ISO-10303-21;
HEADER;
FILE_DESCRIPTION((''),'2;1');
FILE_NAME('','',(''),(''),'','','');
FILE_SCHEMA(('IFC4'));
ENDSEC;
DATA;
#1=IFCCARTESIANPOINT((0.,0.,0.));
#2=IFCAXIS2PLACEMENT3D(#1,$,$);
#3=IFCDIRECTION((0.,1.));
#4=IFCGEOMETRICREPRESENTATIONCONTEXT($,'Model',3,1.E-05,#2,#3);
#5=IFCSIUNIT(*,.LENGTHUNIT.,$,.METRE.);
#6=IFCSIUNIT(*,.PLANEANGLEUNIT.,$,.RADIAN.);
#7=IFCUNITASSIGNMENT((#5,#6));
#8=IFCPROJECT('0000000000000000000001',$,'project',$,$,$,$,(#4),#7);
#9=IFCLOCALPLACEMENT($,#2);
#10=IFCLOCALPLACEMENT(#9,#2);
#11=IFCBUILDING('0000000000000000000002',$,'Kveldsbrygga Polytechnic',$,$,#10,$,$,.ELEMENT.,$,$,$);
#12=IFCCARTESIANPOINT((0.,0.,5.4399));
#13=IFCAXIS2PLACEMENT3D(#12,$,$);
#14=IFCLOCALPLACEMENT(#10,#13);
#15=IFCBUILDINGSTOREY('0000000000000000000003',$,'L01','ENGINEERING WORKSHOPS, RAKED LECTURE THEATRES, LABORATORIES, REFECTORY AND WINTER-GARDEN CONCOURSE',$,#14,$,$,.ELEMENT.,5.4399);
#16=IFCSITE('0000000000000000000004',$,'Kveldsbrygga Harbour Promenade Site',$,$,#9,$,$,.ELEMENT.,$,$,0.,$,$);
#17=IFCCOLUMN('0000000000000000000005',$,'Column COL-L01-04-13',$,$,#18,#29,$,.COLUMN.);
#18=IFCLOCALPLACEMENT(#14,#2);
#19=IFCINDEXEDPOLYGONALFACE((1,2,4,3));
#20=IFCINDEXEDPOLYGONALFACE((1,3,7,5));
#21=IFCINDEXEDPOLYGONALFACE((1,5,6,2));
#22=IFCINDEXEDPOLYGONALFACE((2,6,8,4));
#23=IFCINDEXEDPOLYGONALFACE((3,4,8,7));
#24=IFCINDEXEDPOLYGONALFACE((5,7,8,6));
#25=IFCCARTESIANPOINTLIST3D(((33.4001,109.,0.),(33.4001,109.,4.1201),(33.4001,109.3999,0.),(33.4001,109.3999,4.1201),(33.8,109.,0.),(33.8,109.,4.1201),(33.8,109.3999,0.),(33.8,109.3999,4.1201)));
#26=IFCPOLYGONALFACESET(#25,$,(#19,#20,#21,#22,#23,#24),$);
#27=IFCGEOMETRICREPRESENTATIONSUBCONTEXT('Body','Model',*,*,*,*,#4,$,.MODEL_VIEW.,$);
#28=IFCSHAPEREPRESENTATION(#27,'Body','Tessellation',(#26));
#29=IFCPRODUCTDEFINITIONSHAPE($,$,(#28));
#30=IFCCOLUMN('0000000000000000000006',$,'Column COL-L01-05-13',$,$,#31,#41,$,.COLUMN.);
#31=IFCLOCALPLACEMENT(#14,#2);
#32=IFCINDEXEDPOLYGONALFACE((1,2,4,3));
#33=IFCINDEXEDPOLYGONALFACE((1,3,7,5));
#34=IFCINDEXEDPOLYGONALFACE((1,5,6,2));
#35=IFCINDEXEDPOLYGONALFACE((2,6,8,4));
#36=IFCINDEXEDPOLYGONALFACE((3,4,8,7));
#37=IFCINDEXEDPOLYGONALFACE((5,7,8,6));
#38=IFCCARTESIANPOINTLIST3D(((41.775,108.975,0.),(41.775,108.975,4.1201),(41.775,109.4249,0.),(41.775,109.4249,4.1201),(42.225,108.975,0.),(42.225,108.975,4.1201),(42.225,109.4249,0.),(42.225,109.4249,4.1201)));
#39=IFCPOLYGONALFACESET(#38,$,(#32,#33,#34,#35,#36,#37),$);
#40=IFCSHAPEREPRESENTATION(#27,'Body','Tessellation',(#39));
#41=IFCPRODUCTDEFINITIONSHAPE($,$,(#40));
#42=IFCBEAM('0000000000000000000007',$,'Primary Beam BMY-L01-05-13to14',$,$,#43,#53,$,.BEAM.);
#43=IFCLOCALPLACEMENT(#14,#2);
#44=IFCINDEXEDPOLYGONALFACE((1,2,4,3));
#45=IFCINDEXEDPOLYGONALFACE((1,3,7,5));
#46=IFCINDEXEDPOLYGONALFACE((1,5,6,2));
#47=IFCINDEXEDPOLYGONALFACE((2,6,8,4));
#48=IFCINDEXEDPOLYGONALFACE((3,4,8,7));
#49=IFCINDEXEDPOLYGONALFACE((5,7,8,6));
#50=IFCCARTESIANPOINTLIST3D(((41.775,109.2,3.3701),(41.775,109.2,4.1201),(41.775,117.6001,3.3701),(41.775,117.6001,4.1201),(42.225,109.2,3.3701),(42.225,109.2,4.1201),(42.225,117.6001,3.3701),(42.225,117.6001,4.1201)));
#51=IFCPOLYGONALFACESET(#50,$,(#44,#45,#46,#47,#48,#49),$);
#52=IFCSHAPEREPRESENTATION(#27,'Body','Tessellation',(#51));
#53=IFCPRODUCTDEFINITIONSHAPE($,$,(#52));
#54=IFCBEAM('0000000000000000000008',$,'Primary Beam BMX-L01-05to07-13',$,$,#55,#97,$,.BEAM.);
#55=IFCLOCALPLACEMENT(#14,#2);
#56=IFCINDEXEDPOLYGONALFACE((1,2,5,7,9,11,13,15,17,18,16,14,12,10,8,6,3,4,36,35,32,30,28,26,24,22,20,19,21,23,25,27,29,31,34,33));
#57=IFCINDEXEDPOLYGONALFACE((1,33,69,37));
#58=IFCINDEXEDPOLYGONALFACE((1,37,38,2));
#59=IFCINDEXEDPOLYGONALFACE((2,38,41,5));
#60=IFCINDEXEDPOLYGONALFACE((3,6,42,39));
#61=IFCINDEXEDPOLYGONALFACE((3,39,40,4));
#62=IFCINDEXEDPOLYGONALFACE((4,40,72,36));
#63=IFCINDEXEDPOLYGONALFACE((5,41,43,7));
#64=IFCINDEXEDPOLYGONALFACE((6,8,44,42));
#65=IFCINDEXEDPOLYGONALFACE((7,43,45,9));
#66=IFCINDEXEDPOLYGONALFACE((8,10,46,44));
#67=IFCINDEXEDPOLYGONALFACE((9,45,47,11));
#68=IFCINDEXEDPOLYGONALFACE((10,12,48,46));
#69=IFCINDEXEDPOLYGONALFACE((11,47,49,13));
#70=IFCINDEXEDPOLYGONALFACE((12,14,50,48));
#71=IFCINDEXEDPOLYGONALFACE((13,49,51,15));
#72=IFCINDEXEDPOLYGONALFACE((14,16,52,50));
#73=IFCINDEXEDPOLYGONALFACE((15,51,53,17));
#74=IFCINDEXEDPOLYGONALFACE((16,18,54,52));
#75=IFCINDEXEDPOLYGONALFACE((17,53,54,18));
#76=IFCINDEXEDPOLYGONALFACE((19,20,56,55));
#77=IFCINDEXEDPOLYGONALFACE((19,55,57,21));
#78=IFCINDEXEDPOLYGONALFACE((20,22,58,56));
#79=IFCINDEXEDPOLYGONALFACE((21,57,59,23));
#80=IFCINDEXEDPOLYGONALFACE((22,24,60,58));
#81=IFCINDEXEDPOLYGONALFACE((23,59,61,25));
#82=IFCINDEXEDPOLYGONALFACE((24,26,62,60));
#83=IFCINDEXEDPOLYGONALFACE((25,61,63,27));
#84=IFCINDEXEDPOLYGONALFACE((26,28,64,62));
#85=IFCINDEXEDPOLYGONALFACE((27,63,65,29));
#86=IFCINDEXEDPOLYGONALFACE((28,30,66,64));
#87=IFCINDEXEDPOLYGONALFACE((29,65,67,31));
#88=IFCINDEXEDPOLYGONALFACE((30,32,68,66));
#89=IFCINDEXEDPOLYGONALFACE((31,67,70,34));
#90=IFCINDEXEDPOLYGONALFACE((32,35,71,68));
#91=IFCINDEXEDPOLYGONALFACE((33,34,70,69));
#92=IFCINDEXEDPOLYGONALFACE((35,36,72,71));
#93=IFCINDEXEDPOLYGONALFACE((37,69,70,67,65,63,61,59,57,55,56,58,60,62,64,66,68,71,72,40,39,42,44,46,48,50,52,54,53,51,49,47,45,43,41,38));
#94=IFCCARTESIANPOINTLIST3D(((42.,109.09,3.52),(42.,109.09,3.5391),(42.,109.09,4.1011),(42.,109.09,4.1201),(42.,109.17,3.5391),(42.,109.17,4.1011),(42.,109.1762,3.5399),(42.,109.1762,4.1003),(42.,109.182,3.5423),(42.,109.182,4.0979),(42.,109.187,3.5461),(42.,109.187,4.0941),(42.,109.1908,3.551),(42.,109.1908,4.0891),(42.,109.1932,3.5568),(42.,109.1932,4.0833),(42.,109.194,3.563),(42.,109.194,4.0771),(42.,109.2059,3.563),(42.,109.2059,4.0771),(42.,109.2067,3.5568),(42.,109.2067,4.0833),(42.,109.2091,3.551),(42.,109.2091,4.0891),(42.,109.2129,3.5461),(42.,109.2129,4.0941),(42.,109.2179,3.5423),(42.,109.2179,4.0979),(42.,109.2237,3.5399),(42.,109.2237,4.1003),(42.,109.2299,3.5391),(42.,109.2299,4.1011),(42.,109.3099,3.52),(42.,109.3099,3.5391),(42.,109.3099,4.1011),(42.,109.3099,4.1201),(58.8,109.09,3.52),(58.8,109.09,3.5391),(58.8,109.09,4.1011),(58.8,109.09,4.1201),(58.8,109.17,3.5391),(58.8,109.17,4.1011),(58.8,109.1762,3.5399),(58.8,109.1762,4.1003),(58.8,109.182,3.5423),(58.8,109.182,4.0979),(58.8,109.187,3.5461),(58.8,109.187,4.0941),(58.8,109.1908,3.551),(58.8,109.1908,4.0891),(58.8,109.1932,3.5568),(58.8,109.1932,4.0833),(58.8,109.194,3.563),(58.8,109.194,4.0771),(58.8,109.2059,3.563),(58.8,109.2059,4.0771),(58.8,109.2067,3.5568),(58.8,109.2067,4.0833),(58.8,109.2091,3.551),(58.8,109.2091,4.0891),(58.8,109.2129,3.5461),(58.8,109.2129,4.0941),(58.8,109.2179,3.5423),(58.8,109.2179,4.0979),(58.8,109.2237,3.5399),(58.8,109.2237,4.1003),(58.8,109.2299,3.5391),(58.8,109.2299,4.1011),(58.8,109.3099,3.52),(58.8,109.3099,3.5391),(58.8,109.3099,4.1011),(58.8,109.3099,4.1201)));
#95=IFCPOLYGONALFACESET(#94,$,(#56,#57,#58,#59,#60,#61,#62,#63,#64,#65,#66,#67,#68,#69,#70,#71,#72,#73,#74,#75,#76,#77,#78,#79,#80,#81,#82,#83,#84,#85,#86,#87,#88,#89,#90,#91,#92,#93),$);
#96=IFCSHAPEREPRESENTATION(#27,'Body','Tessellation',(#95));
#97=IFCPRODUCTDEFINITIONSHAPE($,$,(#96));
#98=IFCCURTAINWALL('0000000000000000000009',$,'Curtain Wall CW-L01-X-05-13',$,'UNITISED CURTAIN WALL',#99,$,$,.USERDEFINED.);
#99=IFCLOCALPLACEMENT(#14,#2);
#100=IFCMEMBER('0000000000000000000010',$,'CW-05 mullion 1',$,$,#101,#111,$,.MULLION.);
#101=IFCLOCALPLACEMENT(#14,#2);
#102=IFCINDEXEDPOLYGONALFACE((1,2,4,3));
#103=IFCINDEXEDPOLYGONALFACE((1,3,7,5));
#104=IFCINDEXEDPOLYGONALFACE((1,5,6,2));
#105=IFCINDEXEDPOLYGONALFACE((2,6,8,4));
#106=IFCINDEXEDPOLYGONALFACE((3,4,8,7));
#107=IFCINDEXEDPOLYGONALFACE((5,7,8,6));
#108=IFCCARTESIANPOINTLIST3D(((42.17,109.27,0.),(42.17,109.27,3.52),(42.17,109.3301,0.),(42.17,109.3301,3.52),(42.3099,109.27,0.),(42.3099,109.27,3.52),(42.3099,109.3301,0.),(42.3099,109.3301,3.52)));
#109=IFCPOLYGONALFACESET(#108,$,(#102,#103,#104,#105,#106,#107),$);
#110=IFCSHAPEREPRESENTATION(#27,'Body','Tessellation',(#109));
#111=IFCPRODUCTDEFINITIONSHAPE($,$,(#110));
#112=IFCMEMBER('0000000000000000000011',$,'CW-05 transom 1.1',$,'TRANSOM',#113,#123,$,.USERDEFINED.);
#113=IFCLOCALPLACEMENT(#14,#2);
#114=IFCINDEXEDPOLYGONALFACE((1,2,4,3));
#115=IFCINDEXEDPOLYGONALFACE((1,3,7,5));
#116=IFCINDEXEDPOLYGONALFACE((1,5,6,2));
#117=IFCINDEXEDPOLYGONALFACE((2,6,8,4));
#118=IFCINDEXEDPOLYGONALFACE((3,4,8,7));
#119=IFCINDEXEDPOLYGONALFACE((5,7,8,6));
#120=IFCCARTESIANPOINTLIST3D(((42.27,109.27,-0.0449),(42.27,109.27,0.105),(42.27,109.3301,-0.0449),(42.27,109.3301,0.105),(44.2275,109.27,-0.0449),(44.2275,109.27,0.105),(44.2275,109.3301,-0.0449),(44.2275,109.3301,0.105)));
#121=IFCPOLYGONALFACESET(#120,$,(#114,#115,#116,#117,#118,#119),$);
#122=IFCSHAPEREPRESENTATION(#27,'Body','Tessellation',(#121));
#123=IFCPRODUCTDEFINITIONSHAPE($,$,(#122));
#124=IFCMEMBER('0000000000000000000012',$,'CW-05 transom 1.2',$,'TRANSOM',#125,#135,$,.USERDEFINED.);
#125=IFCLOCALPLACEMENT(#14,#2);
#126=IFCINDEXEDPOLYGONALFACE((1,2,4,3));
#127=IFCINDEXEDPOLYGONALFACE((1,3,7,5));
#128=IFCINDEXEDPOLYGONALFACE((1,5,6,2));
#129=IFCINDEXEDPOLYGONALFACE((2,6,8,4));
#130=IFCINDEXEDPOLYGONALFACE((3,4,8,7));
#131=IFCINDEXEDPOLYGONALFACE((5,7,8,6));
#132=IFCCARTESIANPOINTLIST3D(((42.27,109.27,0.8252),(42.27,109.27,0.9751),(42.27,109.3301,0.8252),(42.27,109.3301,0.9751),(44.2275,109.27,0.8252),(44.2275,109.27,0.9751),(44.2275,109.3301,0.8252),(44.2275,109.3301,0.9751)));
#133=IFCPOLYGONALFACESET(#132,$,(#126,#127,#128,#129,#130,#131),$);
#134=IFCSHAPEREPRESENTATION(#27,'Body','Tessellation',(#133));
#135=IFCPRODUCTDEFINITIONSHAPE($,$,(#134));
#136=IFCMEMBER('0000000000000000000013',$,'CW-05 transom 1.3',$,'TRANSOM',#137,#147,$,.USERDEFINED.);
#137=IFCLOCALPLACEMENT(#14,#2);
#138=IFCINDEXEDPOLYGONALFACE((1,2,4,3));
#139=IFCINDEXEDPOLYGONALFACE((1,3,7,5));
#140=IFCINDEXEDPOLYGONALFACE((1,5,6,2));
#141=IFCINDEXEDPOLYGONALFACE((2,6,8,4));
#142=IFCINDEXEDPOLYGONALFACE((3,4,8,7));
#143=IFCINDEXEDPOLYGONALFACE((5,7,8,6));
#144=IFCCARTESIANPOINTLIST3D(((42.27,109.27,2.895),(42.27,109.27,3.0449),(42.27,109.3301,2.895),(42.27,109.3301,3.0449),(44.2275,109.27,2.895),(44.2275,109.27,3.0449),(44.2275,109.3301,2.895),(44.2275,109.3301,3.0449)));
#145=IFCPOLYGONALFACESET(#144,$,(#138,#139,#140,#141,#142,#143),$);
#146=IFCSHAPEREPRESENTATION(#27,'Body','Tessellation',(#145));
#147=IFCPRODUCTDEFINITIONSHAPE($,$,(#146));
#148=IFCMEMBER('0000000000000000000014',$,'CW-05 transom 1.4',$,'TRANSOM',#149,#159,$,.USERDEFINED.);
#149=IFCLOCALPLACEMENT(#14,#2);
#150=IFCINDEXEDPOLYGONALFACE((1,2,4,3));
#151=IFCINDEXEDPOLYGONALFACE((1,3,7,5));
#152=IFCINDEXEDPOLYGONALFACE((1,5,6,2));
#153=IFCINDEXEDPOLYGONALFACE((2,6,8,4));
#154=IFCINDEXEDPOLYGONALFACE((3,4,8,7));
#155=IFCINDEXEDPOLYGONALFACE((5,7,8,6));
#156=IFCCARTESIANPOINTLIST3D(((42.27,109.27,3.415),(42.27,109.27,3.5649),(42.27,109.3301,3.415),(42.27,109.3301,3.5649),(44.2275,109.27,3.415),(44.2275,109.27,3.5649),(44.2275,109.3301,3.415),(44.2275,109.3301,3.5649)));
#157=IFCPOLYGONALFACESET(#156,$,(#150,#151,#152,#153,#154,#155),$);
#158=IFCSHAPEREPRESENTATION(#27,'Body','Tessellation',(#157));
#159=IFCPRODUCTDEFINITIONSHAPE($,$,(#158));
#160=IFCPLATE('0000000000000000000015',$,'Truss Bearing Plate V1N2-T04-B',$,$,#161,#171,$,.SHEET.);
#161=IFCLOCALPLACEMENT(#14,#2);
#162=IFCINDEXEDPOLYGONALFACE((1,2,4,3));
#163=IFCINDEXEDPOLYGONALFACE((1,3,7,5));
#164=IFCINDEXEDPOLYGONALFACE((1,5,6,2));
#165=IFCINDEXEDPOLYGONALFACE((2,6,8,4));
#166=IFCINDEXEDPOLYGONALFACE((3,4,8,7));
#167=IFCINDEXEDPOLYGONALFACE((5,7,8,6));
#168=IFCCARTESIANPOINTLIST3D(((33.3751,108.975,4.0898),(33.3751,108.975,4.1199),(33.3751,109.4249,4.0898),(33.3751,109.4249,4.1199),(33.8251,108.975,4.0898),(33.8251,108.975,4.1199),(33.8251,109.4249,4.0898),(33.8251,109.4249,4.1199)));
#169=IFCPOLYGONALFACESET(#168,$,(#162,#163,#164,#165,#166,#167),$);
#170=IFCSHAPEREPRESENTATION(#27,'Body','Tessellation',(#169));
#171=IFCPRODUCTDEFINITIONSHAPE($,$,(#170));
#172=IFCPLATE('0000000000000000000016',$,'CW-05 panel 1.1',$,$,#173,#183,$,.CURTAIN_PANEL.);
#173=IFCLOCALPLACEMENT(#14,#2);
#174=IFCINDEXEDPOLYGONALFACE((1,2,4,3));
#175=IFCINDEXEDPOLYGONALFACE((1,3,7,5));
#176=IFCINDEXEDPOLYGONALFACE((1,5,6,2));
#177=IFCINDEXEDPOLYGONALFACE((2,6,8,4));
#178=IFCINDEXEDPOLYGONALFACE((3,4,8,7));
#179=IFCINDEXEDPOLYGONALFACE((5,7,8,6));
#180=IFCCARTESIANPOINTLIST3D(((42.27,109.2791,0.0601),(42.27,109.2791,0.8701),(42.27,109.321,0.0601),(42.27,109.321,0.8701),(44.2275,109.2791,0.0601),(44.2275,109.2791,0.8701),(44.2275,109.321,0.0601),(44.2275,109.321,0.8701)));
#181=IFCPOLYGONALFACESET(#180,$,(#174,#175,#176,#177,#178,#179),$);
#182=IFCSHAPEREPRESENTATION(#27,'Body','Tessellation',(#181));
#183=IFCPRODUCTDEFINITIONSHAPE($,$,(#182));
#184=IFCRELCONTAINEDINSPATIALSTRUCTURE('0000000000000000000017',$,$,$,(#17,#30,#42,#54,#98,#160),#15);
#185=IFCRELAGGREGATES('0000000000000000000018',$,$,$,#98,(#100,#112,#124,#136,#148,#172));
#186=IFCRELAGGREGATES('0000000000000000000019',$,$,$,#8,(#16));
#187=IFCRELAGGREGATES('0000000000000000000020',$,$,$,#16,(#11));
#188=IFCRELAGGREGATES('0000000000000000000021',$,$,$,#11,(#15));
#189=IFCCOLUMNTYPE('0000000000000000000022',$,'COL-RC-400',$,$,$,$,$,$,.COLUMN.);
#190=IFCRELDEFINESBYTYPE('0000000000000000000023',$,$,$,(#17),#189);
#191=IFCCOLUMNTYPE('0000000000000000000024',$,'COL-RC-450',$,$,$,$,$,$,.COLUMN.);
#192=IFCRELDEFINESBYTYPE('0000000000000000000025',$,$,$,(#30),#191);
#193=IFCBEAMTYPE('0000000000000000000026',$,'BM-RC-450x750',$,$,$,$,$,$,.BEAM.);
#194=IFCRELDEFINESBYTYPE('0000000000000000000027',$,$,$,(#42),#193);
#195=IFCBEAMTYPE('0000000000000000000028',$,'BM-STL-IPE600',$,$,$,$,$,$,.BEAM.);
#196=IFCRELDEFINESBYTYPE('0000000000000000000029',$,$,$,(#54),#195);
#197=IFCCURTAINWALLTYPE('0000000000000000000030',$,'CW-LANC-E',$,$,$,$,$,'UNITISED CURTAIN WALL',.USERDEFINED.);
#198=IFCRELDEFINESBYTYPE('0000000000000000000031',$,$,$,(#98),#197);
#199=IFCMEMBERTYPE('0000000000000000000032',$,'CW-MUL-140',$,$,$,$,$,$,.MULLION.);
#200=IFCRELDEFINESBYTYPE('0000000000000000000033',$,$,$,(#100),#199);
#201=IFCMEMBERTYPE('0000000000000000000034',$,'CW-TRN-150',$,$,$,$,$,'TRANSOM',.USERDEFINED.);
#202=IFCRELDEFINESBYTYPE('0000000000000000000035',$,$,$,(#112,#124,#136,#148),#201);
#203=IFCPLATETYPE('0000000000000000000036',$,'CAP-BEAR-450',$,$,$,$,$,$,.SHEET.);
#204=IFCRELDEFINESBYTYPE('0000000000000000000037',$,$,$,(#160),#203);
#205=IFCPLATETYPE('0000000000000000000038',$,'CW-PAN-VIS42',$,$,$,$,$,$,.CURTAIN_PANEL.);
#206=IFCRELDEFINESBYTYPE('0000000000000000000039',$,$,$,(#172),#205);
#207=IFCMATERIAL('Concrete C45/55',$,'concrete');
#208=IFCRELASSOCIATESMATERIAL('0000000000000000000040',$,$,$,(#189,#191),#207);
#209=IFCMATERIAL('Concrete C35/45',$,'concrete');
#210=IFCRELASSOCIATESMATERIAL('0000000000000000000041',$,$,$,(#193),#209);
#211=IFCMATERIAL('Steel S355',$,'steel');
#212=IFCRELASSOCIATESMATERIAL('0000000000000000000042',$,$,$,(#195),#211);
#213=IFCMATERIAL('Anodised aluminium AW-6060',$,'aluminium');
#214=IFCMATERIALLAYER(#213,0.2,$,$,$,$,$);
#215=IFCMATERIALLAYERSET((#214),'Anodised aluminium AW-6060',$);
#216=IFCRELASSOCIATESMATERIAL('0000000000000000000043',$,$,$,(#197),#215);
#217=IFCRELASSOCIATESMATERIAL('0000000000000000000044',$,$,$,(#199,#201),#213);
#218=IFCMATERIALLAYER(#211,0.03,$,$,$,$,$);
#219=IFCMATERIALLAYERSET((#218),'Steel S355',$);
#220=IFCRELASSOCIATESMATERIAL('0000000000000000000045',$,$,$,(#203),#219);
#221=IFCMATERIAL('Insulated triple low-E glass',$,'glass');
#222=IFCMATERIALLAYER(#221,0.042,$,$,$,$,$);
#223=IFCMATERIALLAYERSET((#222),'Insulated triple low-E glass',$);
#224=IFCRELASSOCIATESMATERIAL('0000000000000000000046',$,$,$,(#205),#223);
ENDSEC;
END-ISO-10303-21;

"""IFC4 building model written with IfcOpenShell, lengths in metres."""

from ifc_helpers import new_model, si_unit, direction, frame, origin, origin_2d, place, context, subcontext, project, spatial, rectangle, i_section, extrude, material, layer, layer_set, material_profile, profile_set, type_object, element, aggregate, save


model = new_model("IFC4")

# Units and contexts
model_context = context("Model", 3, precision=1e-05, world=origin(), true_north=direction((0.0, 1.0)))
body_context = subcontext(model_context, "Body", "Model", "MODEL_VIEW")
ifc_project = project(units=[si_unit("LENGTHUNIT", "METRE"), si_unit("PLANEANGLEUNIT", "RADIAN")], contexts=[model_context])

# Site, building, storey
site_placement = place(None, origin())
site = spatial("IfcSite", under=ifc_project, at=site_placement, Name="Kveldsbrygga Harbour Promenade Site", CompositionType="ELEMENT", RefElevation=0.0)
building_placement = place(site_placement, origin())
building = spatial("IfcBuilding", under=site, at=building_placement, Name="Kveldsbrygga Polytechnic", CompositionType="ELEMENT")
storey_placement = place(building_placement, frame((0.0, 0.0, 5.4399)))
storey = spatial("IfcBuildingStorey", under=building, at=storey_placement, Name="L01", Description="ENGINEERING WORKSHOPS, RAKED LECTURE THEATRES, LABORATORIES, REFECTORY AND WINTER-GARDEN CONCOURSE", CompositionType="ELEMENT", Elevation=5.4399)

# Columns
ifc_material_1 = material(Name="Concrete C45/55", Category="concrete")
ifc_material_profile_1 = material_profile(ifc_material_1, rectangle(XDim=0.3999, YDim=0.3999, at=origin_2d()), Name="RC 400x400")
ifc_profile_set_1 = profile_set([ifc_material_profile_1], Name="Concrete C45/55")
column_type_1 = type_object("IfcColumnType", Name="COL-RC-400", PredefinedType="COLUMN", material=ifc_profile_set_1)
column_1_placement = place(storey_placement, frame((33.6001, 109.2, 0.0), z_axis=(0.0, 0.0, 1.0), x_axis=(1.0, 0.0, 0.0)))
element("IfcColumn", 1, at=column_1_placement, inside=storey, type_object=column_type_1, Name="Column COL-L01-04-13", PredefinedType="COLUMN", context=body_context, shape_type="SweptSolid", body=[
    extrude(rectangle(XDim=0.3999, YDim=0.3999, at=origin_2d()), origin(), (0.0, 0.0, 1.0), 4.1201),
])
ifc_material_profile_2 = material_profile(ifc_material_1, rectangle(XDim=0.45, YDim=0.45, at=origin_2d()), Name="RC 450x450")
ifc_profile_set_2 = profile_set([ifc_material_profile_2], Name="Concrete C45/55")
column_type_2 = type_object("IfcColumnType", Name="COL-RC-450", PredefinedType="COLUMN", material=ifc_profile_set_2)
column_2_placement = place(storey_placement, frame((42.0, 109.2, 0.0), z_axis=(0.0, 0.0, 1.0), x_axis=(1.0, 0.0, 0.0)))
element("IfcColumn", 2, at=column_2_placement, inside=storey, type_object=column_type_2, Name="Column COL-L01-05-13", PredefinedType="COLUMN", context=body_context, shape_type="SweptSolid", body=[
    extrude(rectangle(XDim=0.45, YDim=0.45, at=origin_2d()), origin(), (0.0, 0.0, 1.0), 4.1201),
])

# Beams
ifc_material_2 = material(Name="Concrete C35/45", Category="concrete")
ifc_material_profile_3 = material_profile(ifc_material_2, rectangle(XDim=0.45, YDim=0.75, at=origin_2d()), Name="RC 450x750")
ifc_profile_set_3 = profile_set([ifc_material_profile_3], Name="Concrete C35/45")
beam_type_1 = type_object("IfcBeamType", Name="BM-RC-450x750", PredefinedType="BEAM", material=ifc_profile_set_3)
beam_1_placement = place(storey_placement, frame((42.0, 109.2, 3.7451), z_axis=(0.0, 1.0, 0.0), x_axis=(-1.0, 0.0, 0.0)))
element("IfcBeam", 3, at=beam_1_placement, inside=storey, type_object=beam_type_1, Name="Primary Beam BMY-L01-05-13to14", PredefinedType="BEAM", context=body_context, shape_type="SweptSolid", body=[
    extrude(rectangle(XDim=0.45, YDim=0.75, at=origin_2d()), origin(), (0.0, 0.0, 1.0), 8.4001),
])
ifc_material_3 = material(Name="Steel S355", Category="steel")
ifc_material_profile_4 = material_profile(ifc_material_3, i_section(OverallWidth=0.22, OverallDepth=0.6001, WebThickness=0.012, FlangeThickness=0.019, FilletRadius=0.0239, at=origin_2d()), Name="IPE 600")
ifc_profile_set_4 = profile_set([ifc_material_profile_4], Name="Steel S355")
beam_type_2 = type_object("IfcBeamType", Name="BM-STL-IPE600", PredefinedType="BEAM", material=ifc_profile_set_4)
beam_2_placement = place(storey_placement, frame((42.0, 109.2, 3.8201), z_axis=(1.0, 0.0, 0.0), x_axis=(0.0, 1.0, 0.0)))
element("IfcBeam", 4, at=beam_2_placement, inside=storey, type_object=beam_type_2, Name="Primary Beam BMX-L01-05to07-13", PredefinedType="BEAM", context=body_context, shape_type="SweptSolid", body=[
    extrude(i_section(OverallWidth=0.22, OverallDepth=0.6001, WebThickness=0.012, FlangeThickness=0.019, FilletRadius=0.0239, at=origin_2d()), origin(), (0.0, 0.0, 1.0), 16.8),
])

# Curtain wall, members
ifc_material_4 = material(Name="Anodised aluminium AW-6060", Category="aluminium")
ifc_layer_1 = layer(ifc_material_4, 0.2)
ifc_layer_set_1 = layer_set([ifc_layer_1], Name="Anodised aluminium AW-6060")
curtain_wall_type = type_object("IfcCurtainWallType", Name="CW-LANC-E", ElementType="UNITISED CURTAIN WALL", PredefinedType="USERDEFINED", material=ifc_layer_set_1)
curtain_wall_placement = place(storey_placement, origin())
curtain_wall = element("IfcCurtainWall", 5, at=curtain_wall_placement, inside=storey, type_object=curtain_wall_type, Name="Curtain Wall CW-L01-X-05-13", ObjectType="UNITISED CURTAIN WALL", PredefinedType="USERDEFINED")
ifc_material_profile_5 = material_profile(ifc_material_4, rectangle(XDim=0.0601, YDim=0.1399, at=origin_2d()), Name="ALU 60x140")
ifc_profile_set_5 = profile_set([ifc_material_profile_5], Name="Anodised aluminium AW-6060")
member_type_1 = type_object("IfcMemberType", Name="CW-MUL-140", PredefinedType="MULLION", material=ifc_profile_set_5)
member_1_placement = place(storey_placement, frame((42.24, 109.3, 0.0), z_axis=(0.0, 0.0, 1.0), x_axis=(0.0, 1.0, 0.0)))
member_1 = element("IfcMember", 6, at=member_1_placement, type_object=member_type_1, Name="CW-05 mullion 1", PredefinedType="MULLION", context=body_context, shape_type="SweptSolid", body=[
    extrude(rectangle(XDim=0.0601, YDim=0.1399, at=origin_2d()), origin(), (0.0, 0.0, 1.0), 3.52),
])
ifc_material_profile_6 = material_profile(ifc_material_4, rectangle(XDim=0.0601, YDim=0.1499, at=origin_2d()), Name="ALU 60x150")
ifc_profile_set_6 = profile_set([ifc_material_profile_6], Name="Anodised aluminium AW-6060")
member_type_2 = type_object("IfcMemberType", Name="CW-TRN-150", ElementType="TRANSOM", PredefinedType="USERDEFINED", material=ifc_profile_set_6)
member_2_placement = place(storey_placement, frame((42.27, 109.3, 0.03), z_axis=(1.0, 0.0, 0.0), x_axis=(0.0, 1.0, 0.0)))
member_2 = element("IfcMember", 7, at=member_2_placement, type_object=member_type_2, Name="CW-05 transom 1.1", ObjectType="TRANSOM", PredefinedType="USERDEFINED", context=body_context, shape_type="SweptSolid", body=[
    extrude(rectangle(XDim=0.0601, YDim=0.1499, at=origin_2d()), origin(), (0.0, 0.0, 1.0), 1.9575),
])
member_3_placement = place(storey_placement, frame((42.27, 109.3, 0.9001), z_axis=(1.0, 0.0, 0.0), x_axis=(0.0, 1.0, 0.0)))
member_3 = element("IfcMember", 8, at=member_3_placement, type_object=member_type_2, Name="CW-05 transom 1.2", ObjectType="TRANSOM", PredefinedType="USERDEFINED", context=body_context, shape_type="SweptSolid", body=[
    extrude(rectangle(XDim=0.0601, YDim=0.1499, at=origin_2d()), origin(), (0.0, 0.0, 1.0), 1.9575),
])
member_4_placement = place(storey_placement, frame((42.27, 109.3, 2.97), z_axis=(1.0, 0.0, 0.0), x_axis=(0.0, 1.0, 0.0)))
member_4 = element("IfcMember", 9, at=member_4_placement, type_object=member_type_2, Name="CW-05 transom 1.3", ObjectType="TRANSOM", PredefinedType="USERDEFINED", context=body_context, shape_type="SweptSolid", body=[
    extrude(rectangle(XDim=0.0601, YDim=0.1499, at=origin_2d()), origin(), (0.0, 0.0, 1.0), 1.9575),
])
member_5_placement = place(storey_placement, frame((42.27, 109.3, 3.49), z_axis=(1.0, 0.0, 0.0), x_axis=(0.0, 1.0, 0.0)))
member_5 = element("IfcMember", 10, at=member_5_placement, type_object=member_type_2, Name="CW-05 transom 1.4", ObjectType="TRANSOM", PredefinedType="USERDEFINED", context=body_context, shape_type="SweptSolid", body=[
    extrude(rectangle(XDim=0.0601, YDim=0.1499, at=origin_2d()), origin(), (0.0, 0.0, 1.0), 1.9575),
])

# Plates
ifc_layer_2 = layer(ifc_material_3, 0.03)
ifc_layer_set_2 = layer_set([ifc_layer_2], Name="Steel S355")
plate_type_1 = type_object("IfcPlateType", Name="CAP-BEAR-450", PredefinedType="SHEET", material=ifc_layer_set_2)
plate_1_placement = place(storey_placement, frame((33.6001, 109.2, 4.0898), z_axis=(0.0, 0.0, 1.0), x_axis=(1.0, 0.0, 0.0)))
element("IfcPlate", 11, at=plate_1_placement, inside=storey, type_object=plate_type_1, Name="Truss Bearing Plate V1N2-T04-B", PredefinedType="SHEET", context=body_context, shape_type="SweptSolid", body=[
    extrude(rectangle(XDim=0.45, YDim=0.45, at=origin_2d()), origin(), (0.0, 0.0, 1.0), 0.03),
])
ifc_material_5 = material(Name="Insulated triple low-E glass", Category="glass")
ifc_layer_3 = layer(ifc_material_5, 0.042)
ifc_layer_set_3 = layer_set([ifc_layer_3], Name="Insulated triple low-E glass")
plate_type_2 = type_object("IfcPlateType", Name="CW-PAN-VIS42", PredefinedType="CURTAIN_PANEL", material=ifc_layer_set_3)
plate_2_placement = place(storey_placement, frame((43.2488, 109.3, 0.0601), z_axis=(0.0, 0.0, 1.0), x_axis=(1.0, 0.0, 0.0)))
plate_2 = element("IfcPlate", 12, at=plate_2_placement, type_object=plate_type_2, Name="CW-05 panel 1.1", PredefinedType="CURTAIN_PANEL", context=body_context, shape_type="SweptSolid", body=[
    extrude(rectangle(XDim=1.9575, YDim=0.042, at=origin_2d()), origin(), (0.0, 0.0, 1.0), 0.8101),
])
aggregate(curtain_wall, [member_1, member_2, member_3, member_4, member_5, plate_2])

save(model, "model.ifc")
